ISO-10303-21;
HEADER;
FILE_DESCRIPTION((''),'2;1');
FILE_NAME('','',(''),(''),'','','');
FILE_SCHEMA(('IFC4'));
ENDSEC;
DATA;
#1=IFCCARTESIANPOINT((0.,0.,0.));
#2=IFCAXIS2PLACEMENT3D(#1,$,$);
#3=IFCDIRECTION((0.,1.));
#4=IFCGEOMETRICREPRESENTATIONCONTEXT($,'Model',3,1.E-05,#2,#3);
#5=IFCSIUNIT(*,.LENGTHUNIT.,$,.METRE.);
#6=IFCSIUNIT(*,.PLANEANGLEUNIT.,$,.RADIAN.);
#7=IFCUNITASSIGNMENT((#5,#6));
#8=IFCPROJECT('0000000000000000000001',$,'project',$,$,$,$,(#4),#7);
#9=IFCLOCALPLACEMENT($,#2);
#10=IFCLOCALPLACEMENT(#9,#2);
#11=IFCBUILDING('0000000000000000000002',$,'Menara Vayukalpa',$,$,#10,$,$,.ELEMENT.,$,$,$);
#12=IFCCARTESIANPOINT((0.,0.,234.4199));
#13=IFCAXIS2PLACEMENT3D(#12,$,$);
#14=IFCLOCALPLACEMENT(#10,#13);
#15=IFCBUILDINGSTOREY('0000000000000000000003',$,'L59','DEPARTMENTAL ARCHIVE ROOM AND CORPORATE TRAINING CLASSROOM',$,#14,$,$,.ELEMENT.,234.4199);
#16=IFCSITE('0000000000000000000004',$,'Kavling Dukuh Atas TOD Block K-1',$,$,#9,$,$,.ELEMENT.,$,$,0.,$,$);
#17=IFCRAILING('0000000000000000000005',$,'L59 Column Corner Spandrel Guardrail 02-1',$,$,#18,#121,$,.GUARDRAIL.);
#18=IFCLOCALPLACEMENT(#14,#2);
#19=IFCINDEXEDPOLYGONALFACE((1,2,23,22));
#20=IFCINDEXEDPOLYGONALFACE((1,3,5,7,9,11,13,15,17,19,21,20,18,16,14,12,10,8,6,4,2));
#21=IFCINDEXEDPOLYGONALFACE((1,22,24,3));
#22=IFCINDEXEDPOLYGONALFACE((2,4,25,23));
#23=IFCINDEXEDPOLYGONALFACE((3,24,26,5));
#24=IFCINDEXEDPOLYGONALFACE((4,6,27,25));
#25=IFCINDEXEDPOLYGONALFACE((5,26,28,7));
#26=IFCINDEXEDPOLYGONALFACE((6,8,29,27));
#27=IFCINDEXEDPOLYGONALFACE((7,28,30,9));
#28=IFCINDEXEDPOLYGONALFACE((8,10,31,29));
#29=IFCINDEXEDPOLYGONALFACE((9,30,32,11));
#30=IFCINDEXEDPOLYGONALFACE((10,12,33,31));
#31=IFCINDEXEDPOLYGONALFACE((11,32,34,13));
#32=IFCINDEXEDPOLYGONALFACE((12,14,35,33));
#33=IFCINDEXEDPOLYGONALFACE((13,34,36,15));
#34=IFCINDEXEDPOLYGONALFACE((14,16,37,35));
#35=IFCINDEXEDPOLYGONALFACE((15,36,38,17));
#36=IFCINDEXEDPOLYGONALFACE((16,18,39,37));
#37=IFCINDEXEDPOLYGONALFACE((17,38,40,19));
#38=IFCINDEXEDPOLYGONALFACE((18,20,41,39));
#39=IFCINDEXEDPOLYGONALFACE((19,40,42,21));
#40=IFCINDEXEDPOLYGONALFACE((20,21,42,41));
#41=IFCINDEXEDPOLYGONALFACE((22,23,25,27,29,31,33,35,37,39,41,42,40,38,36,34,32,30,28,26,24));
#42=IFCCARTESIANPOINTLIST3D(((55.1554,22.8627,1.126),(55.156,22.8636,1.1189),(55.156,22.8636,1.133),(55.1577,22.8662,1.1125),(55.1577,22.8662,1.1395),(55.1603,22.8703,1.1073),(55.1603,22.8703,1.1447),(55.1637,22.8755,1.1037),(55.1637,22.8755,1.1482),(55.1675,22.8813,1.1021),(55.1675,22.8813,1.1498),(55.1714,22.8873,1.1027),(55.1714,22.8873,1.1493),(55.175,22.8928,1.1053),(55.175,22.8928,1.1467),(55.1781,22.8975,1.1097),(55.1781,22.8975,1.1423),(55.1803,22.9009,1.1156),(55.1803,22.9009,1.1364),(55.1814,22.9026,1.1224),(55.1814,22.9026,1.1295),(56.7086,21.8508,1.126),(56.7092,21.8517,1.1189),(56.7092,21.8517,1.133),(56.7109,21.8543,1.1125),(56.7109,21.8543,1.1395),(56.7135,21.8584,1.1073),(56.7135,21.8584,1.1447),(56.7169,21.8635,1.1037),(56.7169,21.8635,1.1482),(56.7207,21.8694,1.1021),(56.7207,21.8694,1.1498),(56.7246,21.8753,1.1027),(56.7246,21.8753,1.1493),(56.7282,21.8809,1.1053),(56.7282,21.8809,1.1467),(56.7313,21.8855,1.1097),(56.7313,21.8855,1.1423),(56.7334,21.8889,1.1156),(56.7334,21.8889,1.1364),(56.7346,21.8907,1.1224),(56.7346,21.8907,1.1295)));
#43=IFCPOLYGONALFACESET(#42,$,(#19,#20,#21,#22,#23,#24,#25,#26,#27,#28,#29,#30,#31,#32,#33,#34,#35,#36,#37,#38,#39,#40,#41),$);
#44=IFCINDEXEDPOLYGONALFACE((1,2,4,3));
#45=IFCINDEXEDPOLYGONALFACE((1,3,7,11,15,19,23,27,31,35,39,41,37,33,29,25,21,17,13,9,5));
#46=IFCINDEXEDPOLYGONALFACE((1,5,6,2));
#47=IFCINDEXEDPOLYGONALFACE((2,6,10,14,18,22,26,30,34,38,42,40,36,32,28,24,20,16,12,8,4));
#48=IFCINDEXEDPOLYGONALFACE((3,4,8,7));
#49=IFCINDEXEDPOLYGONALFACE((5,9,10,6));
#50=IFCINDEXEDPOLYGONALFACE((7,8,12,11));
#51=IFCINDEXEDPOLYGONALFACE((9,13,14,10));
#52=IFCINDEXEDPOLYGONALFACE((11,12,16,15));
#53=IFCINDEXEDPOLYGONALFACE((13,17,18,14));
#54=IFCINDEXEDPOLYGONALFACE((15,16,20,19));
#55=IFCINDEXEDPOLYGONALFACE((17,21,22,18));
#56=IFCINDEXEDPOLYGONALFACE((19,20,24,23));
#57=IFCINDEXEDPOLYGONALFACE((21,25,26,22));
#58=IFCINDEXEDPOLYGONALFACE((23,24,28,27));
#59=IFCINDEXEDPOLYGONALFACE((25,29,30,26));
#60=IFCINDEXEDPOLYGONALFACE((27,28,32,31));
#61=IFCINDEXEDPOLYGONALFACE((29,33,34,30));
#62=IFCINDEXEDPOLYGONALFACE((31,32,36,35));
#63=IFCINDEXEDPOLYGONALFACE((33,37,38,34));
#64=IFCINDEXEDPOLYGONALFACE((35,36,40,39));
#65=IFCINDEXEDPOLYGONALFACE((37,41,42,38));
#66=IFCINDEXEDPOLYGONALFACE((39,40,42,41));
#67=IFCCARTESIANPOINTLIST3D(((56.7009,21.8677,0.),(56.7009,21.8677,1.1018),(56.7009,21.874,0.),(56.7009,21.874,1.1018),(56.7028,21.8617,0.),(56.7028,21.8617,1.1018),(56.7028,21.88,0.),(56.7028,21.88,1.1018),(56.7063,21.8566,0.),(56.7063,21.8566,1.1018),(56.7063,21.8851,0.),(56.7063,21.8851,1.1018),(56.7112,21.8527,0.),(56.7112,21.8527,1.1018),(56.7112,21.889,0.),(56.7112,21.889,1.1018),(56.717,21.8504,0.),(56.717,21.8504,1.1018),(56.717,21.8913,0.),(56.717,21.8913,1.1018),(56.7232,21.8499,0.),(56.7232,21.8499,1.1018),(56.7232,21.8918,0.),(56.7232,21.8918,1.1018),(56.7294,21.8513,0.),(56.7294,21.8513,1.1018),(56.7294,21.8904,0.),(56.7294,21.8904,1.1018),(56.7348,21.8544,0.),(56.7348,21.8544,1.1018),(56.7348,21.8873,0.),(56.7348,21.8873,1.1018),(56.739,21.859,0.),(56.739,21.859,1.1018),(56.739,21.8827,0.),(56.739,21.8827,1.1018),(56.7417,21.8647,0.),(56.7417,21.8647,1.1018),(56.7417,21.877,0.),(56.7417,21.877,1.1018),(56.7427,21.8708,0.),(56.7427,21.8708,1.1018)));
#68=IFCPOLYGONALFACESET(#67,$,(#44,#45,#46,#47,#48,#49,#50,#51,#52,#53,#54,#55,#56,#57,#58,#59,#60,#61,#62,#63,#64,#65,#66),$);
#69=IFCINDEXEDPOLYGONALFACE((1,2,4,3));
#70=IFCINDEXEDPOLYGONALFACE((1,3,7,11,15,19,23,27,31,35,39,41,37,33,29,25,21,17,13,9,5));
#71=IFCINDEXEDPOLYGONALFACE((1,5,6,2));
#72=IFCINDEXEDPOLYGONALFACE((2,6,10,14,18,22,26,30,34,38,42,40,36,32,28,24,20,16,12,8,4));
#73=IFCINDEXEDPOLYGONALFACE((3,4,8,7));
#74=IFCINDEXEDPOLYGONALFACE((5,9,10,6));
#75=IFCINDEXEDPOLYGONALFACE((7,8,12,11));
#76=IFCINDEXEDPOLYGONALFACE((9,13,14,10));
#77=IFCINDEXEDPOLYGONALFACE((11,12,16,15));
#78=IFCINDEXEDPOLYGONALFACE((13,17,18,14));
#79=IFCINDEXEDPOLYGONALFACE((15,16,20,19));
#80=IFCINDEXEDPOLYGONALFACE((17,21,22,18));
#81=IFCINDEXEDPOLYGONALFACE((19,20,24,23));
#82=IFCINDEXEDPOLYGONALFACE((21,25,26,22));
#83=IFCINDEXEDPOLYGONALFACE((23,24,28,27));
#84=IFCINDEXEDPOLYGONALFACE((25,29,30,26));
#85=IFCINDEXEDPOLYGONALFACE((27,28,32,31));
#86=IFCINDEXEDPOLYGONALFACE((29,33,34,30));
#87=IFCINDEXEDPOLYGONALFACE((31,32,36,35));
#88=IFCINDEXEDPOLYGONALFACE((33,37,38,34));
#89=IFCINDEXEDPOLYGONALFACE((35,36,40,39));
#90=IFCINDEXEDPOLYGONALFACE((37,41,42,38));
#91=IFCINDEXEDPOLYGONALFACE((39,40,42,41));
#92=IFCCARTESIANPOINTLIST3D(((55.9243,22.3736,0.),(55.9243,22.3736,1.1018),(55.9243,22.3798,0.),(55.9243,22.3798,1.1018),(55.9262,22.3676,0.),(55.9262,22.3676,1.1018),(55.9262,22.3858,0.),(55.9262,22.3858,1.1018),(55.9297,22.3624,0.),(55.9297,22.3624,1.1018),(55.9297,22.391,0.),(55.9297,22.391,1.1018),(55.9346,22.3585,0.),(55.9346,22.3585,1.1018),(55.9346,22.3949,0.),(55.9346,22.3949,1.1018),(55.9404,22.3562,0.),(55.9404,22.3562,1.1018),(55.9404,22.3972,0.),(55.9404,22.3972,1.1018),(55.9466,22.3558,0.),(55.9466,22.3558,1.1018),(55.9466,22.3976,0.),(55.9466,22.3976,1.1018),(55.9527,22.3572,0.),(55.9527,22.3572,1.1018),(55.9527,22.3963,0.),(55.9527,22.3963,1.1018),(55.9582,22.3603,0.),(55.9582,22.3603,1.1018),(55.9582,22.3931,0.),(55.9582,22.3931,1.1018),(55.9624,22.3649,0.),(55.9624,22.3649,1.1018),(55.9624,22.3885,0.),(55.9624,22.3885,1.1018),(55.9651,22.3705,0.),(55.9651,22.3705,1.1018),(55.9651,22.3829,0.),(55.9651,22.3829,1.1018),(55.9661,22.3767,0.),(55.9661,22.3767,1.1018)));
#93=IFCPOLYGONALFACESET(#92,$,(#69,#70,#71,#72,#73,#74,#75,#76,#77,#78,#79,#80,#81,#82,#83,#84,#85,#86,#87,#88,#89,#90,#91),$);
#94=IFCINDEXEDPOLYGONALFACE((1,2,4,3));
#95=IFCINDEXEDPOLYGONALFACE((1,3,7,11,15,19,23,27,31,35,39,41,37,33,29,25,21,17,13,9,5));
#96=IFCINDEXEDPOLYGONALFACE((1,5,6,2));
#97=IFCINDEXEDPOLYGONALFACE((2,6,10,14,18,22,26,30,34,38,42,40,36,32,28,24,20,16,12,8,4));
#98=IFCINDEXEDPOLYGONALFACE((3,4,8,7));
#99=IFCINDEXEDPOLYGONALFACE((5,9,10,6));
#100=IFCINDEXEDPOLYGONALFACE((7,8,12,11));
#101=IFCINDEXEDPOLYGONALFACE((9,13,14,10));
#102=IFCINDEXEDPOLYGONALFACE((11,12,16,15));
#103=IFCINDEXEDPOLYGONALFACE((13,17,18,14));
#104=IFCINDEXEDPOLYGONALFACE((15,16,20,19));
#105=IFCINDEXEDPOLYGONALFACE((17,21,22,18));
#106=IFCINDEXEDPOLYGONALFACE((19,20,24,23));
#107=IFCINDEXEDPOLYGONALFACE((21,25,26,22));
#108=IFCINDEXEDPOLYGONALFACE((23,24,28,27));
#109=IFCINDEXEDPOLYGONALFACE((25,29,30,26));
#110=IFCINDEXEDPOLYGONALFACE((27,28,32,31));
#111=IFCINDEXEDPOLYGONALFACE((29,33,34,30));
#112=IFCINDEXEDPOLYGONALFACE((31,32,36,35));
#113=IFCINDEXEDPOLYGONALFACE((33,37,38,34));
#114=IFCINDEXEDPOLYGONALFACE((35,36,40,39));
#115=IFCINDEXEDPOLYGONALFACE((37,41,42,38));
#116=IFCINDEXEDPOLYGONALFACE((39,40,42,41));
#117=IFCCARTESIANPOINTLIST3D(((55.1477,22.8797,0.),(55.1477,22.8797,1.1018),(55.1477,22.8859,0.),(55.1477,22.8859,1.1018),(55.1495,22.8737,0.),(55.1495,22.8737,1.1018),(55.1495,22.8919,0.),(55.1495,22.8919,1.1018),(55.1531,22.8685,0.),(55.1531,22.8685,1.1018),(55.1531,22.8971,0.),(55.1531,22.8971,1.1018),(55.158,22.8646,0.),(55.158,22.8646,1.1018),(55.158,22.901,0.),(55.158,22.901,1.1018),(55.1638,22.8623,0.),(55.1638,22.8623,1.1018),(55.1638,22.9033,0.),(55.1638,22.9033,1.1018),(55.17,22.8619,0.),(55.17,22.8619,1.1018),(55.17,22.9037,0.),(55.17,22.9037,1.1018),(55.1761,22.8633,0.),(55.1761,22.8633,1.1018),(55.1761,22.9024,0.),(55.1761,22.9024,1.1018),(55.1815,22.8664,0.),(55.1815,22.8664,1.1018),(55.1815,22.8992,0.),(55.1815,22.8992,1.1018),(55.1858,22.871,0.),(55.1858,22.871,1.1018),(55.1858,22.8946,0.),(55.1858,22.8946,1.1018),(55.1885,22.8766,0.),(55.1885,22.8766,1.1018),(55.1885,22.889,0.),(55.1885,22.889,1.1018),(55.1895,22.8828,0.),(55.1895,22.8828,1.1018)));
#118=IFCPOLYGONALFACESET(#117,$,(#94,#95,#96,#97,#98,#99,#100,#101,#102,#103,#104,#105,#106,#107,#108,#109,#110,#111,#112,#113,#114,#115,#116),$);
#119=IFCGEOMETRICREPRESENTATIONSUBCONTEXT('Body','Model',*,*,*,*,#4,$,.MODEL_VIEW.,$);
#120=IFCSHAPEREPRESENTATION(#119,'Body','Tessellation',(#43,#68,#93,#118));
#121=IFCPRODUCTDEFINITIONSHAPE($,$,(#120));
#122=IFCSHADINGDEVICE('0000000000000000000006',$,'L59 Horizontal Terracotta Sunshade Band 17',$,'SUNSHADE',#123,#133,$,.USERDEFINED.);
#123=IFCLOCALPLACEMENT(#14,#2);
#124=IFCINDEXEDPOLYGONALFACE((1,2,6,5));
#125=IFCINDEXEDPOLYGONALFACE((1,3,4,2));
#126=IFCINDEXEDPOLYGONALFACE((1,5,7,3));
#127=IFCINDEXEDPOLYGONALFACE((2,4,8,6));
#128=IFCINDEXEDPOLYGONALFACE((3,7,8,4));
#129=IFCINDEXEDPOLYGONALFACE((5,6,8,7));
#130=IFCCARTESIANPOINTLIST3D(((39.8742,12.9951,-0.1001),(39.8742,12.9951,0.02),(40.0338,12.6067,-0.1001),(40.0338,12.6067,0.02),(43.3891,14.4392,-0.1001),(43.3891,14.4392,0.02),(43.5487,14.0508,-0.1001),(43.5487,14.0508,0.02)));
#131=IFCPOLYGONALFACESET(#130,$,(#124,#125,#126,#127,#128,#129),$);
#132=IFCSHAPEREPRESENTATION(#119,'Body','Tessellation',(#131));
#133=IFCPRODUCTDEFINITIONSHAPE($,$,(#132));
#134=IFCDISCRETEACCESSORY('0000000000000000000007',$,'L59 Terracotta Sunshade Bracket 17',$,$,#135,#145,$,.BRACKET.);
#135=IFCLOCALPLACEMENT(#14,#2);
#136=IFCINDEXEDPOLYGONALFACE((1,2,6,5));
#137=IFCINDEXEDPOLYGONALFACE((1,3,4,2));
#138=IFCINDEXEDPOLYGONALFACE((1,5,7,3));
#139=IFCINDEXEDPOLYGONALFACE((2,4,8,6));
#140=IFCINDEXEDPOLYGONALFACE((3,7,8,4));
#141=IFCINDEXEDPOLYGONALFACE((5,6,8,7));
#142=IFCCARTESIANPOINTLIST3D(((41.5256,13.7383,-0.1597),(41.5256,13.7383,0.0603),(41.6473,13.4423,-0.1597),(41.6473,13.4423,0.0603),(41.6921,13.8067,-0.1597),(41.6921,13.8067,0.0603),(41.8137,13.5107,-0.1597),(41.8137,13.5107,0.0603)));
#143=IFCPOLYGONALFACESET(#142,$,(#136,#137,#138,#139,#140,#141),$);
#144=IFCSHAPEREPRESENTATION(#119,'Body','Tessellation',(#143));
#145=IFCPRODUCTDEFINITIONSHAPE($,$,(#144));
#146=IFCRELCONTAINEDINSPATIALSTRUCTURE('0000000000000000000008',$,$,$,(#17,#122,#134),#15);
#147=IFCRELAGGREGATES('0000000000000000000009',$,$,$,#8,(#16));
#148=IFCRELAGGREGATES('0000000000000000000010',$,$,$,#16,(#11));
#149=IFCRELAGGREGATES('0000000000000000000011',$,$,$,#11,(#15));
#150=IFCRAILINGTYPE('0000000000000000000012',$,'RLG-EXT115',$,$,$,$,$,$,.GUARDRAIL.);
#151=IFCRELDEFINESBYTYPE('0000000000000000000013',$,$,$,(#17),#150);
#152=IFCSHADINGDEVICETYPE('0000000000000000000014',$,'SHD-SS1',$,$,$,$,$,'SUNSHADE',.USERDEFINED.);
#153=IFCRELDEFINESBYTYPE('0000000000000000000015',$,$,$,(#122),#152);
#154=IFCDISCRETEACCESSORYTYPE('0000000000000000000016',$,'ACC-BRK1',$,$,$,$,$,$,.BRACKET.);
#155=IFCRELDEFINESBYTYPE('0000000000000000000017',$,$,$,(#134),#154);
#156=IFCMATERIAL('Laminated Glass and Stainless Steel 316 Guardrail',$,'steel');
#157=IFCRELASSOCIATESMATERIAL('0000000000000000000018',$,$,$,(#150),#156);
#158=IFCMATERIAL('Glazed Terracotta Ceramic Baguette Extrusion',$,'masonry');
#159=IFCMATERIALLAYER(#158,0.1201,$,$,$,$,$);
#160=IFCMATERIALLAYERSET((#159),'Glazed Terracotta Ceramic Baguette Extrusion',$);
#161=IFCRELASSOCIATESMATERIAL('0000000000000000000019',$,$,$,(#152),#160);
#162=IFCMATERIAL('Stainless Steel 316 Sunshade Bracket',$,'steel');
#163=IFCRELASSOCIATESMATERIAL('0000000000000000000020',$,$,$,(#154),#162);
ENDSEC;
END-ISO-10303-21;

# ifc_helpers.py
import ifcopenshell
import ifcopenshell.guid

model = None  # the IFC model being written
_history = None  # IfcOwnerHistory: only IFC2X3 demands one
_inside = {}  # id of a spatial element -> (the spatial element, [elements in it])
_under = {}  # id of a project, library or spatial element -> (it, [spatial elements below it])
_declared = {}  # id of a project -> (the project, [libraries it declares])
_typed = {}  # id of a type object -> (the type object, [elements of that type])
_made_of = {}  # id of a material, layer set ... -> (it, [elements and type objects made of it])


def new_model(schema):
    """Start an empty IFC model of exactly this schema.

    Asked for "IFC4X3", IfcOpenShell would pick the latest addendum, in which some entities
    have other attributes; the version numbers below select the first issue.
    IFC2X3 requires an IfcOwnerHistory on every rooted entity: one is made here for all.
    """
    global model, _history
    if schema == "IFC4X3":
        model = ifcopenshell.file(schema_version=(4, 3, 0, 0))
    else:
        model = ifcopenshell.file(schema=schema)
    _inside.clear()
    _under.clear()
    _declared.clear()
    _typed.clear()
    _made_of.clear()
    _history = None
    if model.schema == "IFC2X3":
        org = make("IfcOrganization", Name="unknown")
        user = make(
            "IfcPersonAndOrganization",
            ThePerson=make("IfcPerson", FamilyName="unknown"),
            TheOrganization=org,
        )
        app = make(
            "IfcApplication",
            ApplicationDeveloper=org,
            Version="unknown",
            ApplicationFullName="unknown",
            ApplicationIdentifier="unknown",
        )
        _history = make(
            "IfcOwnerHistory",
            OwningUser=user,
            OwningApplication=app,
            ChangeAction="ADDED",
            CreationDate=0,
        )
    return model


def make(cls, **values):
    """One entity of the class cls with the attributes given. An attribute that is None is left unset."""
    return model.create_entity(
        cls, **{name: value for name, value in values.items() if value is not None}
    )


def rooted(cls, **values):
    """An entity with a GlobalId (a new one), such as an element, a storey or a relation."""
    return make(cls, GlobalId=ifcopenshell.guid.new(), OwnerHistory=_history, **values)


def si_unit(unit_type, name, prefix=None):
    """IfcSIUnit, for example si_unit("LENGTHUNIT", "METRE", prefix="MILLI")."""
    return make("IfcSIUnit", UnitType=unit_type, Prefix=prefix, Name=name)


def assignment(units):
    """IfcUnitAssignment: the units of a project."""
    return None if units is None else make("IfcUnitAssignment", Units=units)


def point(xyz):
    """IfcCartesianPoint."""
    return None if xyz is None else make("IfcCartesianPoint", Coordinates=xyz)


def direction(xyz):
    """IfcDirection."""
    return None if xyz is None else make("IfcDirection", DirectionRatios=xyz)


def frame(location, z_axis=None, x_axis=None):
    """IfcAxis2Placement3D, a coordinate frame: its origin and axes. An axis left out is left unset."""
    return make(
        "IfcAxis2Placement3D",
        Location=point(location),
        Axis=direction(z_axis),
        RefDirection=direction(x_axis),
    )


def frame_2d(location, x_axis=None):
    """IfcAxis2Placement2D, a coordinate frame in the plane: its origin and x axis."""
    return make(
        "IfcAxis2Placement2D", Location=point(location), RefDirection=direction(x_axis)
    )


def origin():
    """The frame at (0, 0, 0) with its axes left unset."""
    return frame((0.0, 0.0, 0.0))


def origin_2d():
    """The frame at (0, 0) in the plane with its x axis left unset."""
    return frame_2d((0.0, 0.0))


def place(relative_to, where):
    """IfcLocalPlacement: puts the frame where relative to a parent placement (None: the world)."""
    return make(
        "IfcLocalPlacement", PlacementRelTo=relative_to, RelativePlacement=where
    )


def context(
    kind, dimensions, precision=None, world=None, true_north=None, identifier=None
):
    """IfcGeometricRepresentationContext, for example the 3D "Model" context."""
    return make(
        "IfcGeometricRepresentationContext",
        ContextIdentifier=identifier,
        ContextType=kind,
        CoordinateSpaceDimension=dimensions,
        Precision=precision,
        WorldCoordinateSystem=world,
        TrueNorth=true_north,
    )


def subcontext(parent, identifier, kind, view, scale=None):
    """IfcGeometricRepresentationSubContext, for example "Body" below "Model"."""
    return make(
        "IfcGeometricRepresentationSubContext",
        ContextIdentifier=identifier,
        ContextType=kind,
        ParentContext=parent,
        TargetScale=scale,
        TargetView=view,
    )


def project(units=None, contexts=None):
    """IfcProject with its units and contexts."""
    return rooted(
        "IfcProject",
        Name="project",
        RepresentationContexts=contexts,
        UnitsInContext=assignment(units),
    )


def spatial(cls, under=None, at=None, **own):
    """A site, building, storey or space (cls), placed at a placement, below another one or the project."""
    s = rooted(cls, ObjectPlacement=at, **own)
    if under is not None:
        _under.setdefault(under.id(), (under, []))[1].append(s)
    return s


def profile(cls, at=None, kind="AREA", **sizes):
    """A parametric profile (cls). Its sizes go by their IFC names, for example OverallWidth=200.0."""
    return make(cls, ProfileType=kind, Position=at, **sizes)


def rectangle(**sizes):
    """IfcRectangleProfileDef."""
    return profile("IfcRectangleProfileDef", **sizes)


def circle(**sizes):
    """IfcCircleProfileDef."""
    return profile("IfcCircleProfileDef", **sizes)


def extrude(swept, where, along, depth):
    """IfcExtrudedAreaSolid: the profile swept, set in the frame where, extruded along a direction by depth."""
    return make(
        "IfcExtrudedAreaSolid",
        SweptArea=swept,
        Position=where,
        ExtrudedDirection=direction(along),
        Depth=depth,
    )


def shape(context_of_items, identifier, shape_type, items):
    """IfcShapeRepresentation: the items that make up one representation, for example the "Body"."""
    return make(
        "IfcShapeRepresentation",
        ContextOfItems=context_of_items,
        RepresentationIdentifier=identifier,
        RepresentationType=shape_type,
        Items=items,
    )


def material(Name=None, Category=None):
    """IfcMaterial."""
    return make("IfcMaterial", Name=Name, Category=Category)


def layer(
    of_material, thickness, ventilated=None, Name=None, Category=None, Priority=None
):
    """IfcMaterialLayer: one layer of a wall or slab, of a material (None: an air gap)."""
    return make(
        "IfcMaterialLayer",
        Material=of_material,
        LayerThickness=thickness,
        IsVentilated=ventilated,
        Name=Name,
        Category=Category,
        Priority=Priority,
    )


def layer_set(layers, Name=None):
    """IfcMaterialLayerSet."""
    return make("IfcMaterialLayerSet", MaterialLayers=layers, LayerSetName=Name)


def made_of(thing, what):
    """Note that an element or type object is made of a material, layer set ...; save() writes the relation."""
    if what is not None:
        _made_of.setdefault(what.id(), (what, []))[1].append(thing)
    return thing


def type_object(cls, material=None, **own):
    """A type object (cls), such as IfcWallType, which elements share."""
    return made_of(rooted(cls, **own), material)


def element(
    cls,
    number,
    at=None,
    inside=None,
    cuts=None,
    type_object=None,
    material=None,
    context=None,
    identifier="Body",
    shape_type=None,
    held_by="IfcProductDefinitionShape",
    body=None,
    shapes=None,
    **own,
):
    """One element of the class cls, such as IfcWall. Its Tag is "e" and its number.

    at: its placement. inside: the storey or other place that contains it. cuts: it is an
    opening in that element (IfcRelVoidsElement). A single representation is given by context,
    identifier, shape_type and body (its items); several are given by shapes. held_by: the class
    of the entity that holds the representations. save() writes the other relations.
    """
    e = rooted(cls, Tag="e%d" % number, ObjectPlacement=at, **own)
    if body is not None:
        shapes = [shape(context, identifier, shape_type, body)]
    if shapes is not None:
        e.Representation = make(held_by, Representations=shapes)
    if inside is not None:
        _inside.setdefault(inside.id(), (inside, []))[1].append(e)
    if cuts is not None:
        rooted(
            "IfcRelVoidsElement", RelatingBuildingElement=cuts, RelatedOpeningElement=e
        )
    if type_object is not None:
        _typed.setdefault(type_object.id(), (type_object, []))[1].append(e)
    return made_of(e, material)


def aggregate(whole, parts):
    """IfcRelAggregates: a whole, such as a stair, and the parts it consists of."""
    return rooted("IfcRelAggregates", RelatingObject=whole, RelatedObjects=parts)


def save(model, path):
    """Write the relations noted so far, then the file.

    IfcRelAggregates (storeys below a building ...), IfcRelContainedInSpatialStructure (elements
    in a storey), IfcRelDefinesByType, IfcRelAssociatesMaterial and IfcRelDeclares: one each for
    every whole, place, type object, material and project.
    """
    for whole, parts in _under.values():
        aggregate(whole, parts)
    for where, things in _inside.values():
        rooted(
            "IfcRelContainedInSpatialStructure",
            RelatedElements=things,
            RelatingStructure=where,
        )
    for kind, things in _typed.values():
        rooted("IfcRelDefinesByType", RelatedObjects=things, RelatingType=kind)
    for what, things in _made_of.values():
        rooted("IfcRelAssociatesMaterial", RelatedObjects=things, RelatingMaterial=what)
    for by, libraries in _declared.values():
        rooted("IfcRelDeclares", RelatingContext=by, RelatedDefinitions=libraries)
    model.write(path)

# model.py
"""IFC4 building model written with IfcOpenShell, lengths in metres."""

from ifc_helpers import new_model, si_unit, direction, frame, origin, origin_2d, place, context, subcontext, project, spatial, rectangle, circle, extrude, material, layer, layer_set, type_object, element, save


model = new_model("IFC4")

# Units and contexts
model_context = context("Model", 3, precision=1e-05, world=origin(), true_north=direction((0.0, 1.0)))
body_context = subcontext(model_context, "Body", "Model", "MODEL_VIEW")
ifc_project = project(units=[si_unit("LENGTHUNIT", "METRE"), si_unit("PLANEANGLEUNIT", "RADIAN")], contexts=[model_context])

# Site, building, storey
site_placement = place(None, origin())
site = spatial("IfcSite", under=ifc_project, at=site_placement, Name="Kavling Dukuh Atas TOD Block K-1", CompositionType="ELEMENT", RefElevation=0.0)
building_placement = place(site_placement, origin())
building = spatial("IfcBuilding", under=site, at=building_placement, Name="Menara Vayukalpa", CompositionType="ELEMENT")
storey_placement = place(building_placement, frame((0.0, 0.0, 234.4199)))
storey = spatial("IfcBuildingStorey", under=building, at=storey_placement, Name="L59", Description="DEPARTMENTAL ARCHIVE ROOM AND CORPORATE TRAINING CLASSROOM", CompositionType="ELEMENT", Elevation=234.4199)

# Railing
ifc_material_1 = material(Name="Laminated Glass and Stainless Steel 316 Guardrail", Category="steel")
railing_type = type_object("IfcRailingType", Name="RLG-EXT115", PredefinedType="GUARDRAIL", material=ifc_material_1)
railing_1_placement = place(storey_placement, frame((56.7217, 21.8708, 0.0)))
element("IfcRailing", 1, at=railing_1_placement, inside=storey, type_object=railing_type, Name="L59 Column Corner Spandrel Guardrail 02-1", PredefinedType="GUARDRAIL", context=body_context, shape_type="SweptSolid", body=[
    extrude(circle(Radius=0.0239, at=origin_2d()), frame((0.0, 0.0, 1.126), z_axis=(-0.837859, 0.545886, 0.0), x_axis=(-0.545886, -0.837859, 0.0)), (0.0, 0.0, 1.0), 1.8538),
    extrude(circle(Radius=0.021, at=origin_2d()), origin(), (0.0, 0.0, 1.0), 1.1018),
    extrude(circle(Radius=0.021, at=origin_2d()), frame((-0.7766, 0.5059, 0.0)), (0.0, 0.0, 1.0), 1.1018),
    extrude(circle(Radius=0.021, at=origin_2d()), frame((-1.5532, 1.012, 0.0)), (0.0, 0.0, 1.0), 1.1018),
])

# Shading device
ifc_material_2 = material(Name="Glazed Terracotta Ceramic Baguette Extrusion", Category="masonry")
ifc_layer_1 = layer(ifc_material_2, 0.1201)
ifc_layer_set_1 = layer_set([ifc_layer_1], Name="Glazed Terracotta Ceramic Baguette Extrusion")
shading_device_type = type_object("IfcShadingDeviceType", Name="SHD-SS1", ElementType="SUNSHADE", PredefinedType="USERDEFINED", material=ifc_layer_set_1)
shading_device_placement = place(storey_placement, frame((41.7114, 13.5229, -0.1001), z_axis=(0.0, 0.0, 1.0), x_axis=(0.924971, 0.380037, 0.0)))
element("IfcShadingDevice", 2, at=shading_device_placement, inside=storey, type_object=shading_device_type, Name="L59 Horizontal Terracotta Sunshade Band 17", ObjectType="SUNSHADE", PredefinedType="USERDEFINED", context=body_context, shape_type="SweptSolid", body=[
    extrude(rectangle(XDim=3.8, YDim=0.4199, at=origin_2d()), origin(), (0.0, 0.0, 1.0), 0.1201),
])

# Discrete accessory
ifc_material_3 = material(Name="Stainless Steel 316 Sunshade Bracket", Category="steel")
discrete_accessory_type = type_object("IfcDiscreteAccessoryType", Name="ACC-BRK1", PredefinedType="BRACKET", material=ifc_material_3)
discrete_accessory_placement = place(storey_placement, frame((41.6697, 13.6245, -0.1597), z_axis=(0.0, 0.0, 1.0), x_axis=(0.924971, 0.380037, 0.0)))
element("IfcDiscreteAccessory", 3, at=discrete_accessory_placement, inside=storey, type_object=discrete_accessory_type, Name="L59 Terracotta Sunshade Bracket 17", PredefinedType="BRACKET", context=body_context, shape_type="SweptSolid", body=[
    extrude(rectangle(XDim=0.1799, YDim=0.3201, at=origin_2d()), origin(), (0.0, 0.0, 1.0), 0.22),
])

save(model, "model.ifc")
